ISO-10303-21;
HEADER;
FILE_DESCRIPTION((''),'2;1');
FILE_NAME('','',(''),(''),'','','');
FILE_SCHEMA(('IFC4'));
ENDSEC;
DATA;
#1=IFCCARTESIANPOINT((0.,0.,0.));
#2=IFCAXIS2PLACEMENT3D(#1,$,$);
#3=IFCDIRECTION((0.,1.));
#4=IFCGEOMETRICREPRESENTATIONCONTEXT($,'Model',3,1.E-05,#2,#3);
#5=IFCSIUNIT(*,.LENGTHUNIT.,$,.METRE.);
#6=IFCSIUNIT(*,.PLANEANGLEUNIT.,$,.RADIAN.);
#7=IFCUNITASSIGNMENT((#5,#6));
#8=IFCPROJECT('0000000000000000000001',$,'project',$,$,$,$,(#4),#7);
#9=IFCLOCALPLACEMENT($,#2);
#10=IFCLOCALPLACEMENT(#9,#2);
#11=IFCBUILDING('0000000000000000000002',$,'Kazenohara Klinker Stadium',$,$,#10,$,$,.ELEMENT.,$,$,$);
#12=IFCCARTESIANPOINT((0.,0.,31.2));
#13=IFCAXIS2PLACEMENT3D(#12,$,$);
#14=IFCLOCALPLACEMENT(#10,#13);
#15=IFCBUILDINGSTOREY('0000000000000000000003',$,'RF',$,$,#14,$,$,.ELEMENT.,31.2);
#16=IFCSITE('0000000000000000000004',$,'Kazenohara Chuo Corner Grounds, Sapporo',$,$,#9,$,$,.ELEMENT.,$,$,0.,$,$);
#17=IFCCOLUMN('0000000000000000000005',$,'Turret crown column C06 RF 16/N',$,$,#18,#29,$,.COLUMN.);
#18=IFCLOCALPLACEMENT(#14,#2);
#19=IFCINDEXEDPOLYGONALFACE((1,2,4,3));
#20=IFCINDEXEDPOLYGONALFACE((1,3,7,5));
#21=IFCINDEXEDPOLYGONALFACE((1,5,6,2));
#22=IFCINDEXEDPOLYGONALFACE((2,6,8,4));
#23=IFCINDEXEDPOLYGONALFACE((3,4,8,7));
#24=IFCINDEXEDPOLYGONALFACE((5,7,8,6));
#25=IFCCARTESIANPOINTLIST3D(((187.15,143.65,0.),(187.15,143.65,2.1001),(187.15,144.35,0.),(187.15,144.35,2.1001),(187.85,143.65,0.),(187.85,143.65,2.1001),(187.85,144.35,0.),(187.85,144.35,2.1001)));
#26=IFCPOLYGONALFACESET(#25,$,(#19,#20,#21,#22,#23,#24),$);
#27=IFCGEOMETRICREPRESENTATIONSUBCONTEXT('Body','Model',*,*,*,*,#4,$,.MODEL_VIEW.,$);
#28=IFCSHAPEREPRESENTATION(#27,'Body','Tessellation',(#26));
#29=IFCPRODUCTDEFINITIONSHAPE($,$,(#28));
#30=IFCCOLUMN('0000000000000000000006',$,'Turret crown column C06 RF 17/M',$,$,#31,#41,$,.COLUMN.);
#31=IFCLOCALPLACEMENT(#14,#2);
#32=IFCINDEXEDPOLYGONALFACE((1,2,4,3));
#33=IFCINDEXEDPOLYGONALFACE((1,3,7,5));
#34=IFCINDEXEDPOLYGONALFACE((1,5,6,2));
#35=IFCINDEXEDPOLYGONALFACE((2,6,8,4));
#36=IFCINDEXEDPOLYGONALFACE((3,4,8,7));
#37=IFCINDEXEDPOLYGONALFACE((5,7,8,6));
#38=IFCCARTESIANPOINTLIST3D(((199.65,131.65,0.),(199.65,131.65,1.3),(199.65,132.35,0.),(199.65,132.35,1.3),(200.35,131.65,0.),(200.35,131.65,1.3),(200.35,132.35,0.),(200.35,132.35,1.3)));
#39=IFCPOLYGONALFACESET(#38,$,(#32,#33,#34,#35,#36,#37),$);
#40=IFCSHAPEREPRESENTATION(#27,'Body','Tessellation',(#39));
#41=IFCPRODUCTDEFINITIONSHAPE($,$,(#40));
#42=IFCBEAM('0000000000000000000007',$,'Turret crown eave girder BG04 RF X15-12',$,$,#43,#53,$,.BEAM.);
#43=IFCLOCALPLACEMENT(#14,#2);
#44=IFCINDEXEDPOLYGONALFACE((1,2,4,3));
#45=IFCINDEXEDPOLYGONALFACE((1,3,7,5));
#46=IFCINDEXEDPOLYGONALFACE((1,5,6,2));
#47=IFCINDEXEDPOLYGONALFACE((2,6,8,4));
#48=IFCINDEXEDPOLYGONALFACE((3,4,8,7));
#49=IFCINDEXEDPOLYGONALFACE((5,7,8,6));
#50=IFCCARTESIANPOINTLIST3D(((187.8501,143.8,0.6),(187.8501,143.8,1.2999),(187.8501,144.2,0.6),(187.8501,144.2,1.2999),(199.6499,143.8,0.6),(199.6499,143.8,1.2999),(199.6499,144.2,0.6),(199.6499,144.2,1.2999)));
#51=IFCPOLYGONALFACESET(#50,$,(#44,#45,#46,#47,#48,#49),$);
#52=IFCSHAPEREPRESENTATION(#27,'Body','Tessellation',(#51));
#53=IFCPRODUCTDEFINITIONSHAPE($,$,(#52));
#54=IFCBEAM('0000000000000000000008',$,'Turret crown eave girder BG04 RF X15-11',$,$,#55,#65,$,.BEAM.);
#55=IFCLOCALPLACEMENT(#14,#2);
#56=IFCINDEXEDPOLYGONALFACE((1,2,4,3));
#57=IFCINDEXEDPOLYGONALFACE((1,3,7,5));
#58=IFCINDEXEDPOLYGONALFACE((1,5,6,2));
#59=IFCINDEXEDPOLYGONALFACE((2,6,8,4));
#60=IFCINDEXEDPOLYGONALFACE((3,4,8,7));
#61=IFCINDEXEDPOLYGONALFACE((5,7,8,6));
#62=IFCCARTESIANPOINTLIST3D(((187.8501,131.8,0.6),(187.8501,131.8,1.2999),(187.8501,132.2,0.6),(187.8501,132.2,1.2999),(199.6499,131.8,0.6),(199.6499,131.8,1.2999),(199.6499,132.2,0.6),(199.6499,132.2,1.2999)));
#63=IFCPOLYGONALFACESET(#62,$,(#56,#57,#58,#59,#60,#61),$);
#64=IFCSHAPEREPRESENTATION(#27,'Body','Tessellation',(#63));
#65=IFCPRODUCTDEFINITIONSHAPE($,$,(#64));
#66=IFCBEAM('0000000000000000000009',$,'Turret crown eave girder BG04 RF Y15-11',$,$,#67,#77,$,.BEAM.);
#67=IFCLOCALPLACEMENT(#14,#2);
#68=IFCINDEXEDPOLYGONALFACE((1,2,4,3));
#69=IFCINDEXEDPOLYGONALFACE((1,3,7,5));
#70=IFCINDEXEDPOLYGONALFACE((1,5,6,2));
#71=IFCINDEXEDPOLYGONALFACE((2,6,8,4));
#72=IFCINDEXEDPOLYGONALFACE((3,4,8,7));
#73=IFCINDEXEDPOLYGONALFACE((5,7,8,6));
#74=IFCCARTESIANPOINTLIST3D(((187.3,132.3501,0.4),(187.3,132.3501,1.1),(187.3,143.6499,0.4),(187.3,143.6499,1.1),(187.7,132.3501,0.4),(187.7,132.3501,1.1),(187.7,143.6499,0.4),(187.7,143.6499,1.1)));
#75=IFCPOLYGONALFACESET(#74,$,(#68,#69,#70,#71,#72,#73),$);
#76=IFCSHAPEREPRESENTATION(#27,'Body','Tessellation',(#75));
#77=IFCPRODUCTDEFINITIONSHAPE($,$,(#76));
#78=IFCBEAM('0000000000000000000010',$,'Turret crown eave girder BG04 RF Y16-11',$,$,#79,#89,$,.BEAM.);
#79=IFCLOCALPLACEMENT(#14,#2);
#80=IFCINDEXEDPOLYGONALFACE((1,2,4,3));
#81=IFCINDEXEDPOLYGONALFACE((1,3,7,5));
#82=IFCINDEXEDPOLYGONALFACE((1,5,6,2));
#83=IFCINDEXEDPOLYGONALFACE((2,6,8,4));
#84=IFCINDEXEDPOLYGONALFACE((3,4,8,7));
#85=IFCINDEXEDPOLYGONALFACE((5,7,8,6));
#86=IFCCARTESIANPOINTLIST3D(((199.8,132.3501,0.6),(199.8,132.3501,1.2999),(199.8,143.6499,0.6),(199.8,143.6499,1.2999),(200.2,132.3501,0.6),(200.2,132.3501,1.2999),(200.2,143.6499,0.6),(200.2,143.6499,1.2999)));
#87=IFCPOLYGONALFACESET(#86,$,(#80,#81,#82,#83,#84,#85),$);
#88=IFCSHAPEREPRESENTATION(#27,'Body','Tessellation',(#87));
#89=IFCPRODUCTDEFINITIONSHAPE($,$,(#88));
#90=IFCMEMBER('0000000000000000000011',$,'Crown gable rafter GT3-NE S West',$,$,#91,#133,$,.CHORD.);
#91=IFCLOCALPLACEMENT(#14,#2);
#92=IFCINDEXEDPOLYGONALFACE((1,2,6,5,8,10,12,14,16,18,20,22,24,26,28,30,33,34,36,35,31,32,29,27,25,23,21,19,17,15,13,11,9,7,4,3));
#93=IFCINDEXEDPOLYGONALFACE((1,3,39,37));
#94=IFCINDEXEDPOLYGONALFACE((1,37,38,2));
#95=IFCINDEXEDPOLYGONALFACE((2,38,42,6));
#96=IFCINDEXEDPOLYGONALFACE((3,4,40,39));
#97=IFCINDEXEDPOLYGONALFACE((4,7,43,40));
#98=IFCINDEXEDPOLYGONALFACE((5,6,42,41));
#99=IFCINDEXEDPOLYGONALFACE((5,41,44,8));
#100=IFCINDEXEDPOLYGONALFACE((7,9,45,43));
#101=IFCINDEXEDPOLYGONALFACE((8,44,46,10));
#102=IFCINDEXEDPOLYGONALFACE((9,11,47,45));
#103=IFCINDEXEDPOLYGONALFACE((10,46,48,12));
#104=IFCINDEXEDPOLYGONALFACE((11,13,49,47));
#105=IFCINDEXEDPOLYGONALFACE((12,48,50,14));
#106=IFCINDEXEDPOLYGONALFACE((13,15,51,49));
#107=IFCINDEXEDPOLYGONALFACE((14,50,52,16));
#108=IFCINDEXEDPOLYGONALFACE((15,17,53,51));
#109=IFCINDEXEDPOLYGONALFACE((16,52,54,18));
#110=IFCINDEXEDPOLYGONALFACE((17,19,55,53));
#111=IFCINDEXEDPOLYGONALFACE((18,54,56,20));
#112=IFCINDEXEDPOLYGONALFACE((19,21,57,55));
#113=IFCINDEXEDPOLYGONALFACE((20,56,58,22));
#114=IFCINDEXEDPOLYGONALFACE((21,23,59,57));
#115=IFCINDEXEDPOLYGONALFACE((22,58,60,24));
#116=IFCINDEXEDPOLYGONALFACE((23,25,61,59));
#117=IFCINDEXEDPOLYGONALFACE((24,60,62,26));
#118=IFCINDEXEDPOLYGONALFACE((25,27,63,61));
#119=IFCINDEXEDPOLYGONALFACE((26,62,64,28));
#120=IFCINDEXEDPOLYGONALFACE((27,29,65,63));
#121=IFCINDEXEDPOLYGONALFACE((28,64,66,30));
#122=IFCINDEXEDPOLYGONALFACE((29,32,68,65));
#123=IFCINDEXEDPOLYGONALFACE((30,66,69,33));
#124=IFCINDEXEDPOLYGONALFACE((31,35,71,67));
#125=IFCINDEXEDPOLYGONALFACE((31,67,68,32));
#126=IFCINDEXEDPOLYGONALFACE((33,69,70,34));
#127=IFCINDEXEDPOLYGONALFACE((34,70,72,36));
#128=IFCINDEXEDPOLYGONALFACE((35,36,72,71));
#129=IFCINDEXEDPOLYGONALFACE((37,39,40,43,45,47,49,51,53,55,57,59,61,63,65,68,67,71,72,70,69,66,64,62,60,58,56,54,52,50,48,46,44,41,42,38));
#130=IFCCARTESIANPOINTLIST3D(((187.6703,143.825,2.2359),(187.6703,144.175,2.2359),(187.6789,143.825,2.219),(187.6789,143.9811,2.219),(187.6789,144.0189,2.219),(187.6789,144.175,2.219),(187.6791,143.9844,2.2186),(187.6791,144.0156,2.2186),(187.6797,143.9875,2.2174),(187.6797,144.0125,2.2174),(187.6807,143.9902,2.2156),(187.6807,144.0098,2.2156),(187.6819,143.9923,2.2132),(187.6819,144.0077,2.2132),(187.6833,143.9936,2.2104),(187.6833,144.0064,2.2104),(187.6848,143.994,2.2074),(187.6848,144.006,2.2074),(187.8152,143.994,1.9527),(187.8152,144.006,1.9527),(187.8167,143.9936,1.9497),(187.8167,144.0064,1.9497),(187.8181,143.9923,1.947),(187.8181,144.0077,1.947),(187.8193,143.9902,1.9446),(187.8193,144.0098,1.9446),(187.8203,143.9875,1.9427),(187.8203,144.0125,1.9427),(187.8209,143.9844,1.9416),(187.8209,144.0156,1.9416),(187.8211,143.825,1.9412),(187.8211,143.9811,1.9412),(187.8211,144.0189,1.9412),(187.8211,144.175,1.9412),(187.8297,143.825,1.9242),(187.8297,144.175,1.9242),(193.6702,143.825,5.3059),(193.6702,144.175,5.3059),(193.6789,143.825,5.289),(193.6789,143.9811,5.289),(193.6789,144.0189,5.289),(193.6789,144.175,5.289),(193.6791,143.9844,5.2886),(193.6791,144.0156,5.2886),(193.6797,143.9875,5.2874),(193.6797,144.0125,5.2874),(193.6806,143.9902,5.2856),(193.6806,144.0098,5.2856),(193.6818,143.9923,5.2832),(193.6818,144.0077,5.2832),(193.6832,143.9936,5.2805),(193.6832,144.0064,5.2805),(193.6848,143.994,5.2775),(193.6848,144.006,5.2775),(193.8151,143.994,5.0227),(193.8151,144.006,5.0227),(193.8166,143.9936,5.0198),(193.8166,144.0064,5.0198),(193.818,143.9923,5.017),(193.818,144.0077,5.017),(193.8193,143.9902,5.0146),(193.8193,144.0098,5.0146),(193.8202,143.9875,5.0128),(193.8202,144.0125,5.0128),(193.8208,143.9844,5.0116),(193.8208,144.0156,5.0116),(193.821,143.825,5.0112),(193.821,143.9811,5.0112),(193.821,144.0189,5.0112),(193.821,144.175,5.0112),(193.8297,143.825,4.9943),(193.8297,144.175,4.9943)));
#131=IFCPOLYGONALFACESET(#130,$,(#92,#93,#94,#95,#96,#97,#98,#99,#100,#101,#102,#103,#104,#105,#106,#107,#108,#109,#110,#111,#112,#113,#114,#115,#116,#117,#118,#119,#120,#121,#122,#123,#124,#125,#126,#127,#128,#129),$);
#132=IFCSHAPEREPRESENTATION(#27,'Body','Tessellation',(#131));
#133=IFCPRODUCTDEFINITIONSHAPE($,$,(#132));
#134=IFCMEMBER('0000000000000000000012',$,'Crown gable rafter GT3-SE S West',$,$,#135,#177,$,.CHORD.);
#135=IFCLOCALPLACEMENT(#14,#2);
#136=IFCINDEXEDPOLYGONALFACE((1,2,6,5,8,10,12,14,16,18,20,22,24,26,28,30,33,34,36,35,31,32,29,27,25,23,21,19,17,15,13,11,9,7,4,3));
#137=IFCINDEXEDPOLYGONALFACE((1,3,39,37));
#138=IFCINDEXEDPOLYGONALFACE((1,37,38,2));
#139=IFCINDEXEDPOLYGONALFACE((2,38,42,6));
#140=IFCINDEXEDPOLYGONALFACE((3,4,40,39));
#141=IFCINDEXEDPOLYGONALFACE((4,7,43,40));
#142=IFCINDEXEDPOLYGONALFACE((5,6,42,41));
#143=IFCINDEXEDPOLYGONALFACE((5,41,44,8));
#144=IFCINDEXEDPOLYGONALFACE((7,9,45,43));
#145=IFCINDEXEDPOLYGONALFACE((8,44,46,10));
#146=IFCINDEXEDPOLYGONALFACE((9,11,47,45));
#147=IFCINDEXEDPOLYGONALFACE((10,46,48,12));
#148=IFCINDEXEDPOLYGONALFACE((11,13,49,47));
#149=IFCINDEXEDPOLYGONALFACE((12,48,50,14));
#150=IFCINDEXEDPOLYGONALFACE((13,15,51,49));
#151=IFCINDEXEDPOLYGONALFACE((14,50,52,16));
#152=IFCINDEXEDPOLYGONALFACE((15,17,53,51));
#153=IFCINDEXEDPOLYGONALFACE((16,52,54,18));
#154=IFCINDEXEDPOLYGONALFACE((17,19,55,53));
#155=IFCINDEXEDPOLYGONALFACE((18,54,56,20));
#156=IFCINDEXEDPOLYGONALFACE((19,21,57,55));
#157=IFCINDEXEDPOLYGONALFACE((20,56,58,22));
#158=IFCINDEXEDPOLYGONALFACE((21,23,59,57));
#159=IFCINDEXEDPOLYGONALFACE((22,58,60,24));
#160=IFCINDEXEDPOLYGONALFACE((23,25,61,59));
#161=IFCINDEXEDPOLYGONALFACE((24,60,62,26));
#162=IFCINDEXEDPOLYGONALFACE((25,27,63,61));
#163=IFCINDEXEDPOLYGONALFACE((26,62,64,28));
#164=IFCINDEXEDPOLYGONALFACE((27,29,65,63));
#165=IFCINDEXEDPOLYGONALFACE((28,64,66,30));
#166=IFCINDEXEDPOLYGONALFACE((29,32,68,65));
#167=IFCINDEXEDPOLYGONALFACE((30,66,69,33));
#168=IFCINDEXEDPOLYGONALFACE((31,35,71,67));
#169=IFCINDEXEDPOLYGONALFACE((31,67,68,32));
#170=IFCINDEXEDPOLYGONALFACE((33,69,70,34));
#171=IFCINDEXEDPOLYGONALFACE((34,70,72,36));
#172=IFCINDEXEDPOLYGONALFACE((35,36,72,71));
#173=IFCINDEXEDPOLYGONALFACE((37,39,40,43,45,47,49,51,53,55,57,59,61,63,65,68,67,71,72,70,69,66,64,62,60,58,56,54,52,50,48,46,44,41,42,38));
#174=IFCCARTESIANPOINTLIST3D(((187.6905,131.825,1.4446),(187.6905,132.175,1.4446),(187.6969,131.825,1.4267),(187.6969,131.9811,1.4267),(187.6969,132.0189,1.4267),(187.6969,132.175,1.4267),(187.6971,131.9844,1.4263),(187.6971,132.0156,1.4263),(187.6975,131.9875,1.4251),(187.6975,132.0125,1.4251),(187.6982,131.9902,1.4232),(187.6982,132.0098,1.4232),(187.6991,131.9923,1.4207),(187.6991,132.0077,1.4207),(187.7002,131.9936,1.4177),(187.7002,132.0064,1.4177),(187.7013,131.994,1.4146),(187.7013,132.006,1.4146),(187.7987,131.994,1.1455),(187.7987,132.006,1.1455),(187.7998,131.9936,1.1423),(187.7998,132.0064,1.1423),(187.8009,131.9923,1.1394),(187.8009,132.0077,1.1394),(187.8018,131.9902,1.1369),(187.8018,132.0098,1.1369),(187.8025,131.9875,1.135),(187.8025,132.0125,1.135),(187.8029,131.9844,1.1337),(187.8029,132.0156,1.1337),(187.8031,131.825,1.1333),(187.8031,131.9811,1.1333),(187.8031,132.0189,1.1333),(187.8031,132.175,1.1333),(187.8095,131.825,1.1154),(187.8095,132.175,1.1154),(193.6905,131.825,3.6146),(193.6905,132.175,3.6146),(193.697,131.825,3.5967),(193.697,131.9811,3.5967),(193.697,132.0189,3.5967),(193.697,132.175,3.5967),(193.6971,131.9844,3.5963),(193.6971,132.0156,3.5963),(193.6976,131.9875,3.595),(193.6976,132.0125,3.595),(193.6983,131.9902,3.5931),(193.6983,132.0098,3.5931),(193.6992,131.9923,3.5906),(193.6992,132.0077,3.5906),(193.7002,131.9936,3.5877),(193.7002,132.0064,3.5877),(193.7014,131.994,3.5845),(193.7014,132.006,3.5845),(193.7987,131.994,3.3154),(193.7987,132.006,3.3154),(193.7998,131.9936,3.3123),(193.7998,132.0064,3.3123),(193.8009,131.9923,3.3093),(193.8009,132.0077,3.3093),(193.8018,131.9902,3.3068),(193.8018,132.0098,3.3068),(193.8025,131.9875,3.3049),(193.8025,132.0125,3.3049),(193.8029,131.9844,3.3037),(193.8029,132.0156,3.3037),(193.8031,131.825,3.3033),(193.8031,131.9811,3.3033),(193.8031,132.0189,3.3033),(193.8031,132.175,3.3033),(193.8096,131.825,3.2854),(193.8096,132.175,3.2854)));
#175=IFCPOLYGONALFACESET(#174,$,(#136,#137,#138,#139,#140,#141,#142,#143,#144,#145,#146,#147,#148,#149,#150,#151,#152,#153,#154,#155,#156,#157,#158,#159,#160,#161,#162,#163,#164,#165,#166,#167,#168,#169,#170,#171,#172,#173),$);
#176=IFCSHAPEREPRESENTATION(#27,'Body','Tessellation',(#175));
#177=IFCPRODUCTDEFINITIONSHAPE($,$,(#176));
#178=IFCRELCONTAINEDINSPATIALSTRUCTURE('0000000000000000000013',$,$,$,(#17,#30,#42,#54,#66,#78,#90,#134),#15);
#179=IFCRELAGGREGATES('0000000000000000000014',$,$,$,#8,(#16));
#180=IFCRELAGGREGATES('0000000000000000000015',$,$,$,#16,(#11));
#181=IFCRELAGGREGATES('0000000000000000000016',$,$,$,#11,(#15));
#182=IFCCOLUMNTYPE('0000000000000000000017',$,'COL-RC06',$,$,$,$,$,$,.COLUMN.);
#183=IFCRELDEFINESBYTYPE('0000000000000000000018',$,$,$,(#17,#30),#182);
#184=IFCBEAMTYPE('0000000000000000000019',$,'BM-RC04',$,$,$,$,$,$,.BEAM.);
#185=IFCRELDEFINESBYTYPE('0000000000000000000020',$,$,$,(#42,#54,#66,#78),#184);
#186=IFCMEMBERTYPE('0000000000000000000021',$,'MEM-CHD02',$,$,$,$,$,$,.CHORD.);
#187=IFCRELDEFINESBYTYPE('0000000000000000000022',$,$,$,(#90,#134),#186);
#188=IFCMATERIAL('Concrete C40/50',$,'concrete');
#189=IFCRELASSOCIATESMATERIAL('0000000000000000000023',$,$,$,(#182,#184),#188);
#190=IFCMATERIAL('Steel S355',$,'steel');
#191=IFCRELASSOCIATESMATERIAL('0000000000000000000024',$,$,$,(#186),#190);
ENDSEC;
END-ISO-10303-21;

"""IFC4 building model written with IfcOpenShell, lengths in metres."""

from ifc_helpers import new_model, si_unit, direction, frame, origin, origin_2d, place, context, subcontext, project, spatial, rectangle, i_section, extrude, material, material_profile, profile_set, type_object, element, save


model = new_model("IFC4")

# Units and contexts
model_context = context("Model", 3, precision=1e-05, world=origin(), true_north=direction((0.0, 1.0)))
body_context = subcontext(model_context, "Body", "Model", "MODEL_VIEW")
ifc_project = project(units=[si_unit("LENGTHUNIT", "METRE"), si_unit("PLANEANGLEUNIT", "RADIAN")], contexts=[model_context])

# Site, building, storey
site_placement = place(None, origin())
site = spatial("IfcSite", under=ifc_project, at=site_placement, Name="Kazenohara Chuo Corner Grounds, Sapporo", CompositionType="ELEMENT", RefElevation=0.0)
building_placement = place(site_placement, origin())
building = spatial("IfcBuilding", under=site, at=building_placement, Name="Kazenohara Klinker Stadium", CompositionType="ELEMENT")
storey_placement = place(building_placement, frame((0.0, 0.0, 31.2)))
storey = spatial("IfcBuildingStorey", under=building, at=storey_placement, Name="RF", CompositionType="ELEMENT", Elevation=31.2)

# Columns
ifc_material_1 = material(Name="Concrete C40/50", Category="concrete")
ifc_material_profile_1 = material_profile(ifc_material_1, rectangle(XDim=0.7, YDim=0.7, at=origin_2d()), Name="RC-COL-700x700")
ifc_profile_set_1 = profile_set([ifc_material_profile_1], Name="Concrete C40/50")
column_type = type_object("IfcColumnType", Name="COL-RC06", PredefinedType="COLUMN", material=ifc_profile_set_1)
column_1_placement = place(storey_placement, frame((187.5, 144.0, 0.0), z_axis=(0.0, 0.0, 1.0), x_axis=(1.0, 0.0, 0.0)))
element("IfcColumn", 1, at=column_1_placement, inside=storey, type_object=column_type, Name="Turret crown column C06 RF 16/N", PredefinedType="COLUMN", context=body_context, shape_type="SweptSolid", body=[
    extrude(rectangle(XDim=0.7, YDim=0.7, at=origin_2d()), origin(), (0.0, 0.0, 1.0), 2.1001),
])
column_2_placement = place(storey_placement, frame((200.0, 132.0, 0.0), z_axis=(0.0, 0.0, 1.0), x_axis=(1.0, 0.0, 0.0)))
element("IfcColumn", 2, at=column_2_placement, inside=storey, type_object=column_type, Name="Turret crown column C06 RF 17/M", PredefinedType="COLUMN", context=body_context, shape_type="SweptSolid", body=[
    extrude(rectangle(XDim=0.7, YDim=0.7, at=origin_2d()), origin(), (0.0, 0.0, 1.0), 1.3),
])

# Beams
ifc_material_profile_2 = material_profile(ifc_material_1, rectangle(XDim=0.3999, YDim=0.7, at=origin_2d()), Name="RC-BM-400x700")
ifc_profile_set_2 = profile_set([ifc_material_profile_2], Name="Concrete C40/50")
beam_type_1 = type_object("IfcBeamType", Name="BM-RC04", PredefinedType="BEAM", material=ifc_profile_set_2)
for number, where, z_axis, x_axis, name in (
    (3, (187.8501, 144.0, 0.95), (1.0, 0.0, 0.0), (0.0, 1.0, 0.0), "Turret crown eave girder BG04 RF X15-12"),
    (4, (187.8501, 132.0, 0.95), (1.0, 0.0, 0.0), (0.0, 1.0, 0.0), "Turret crown eave girder BG04 RF X15-11"),
):
    element("IfcBeam", number, at=place(storey_placement, frame(where, z_axis=z_axis, x_axis=x_axis)), inside=storey, type_object=beam_type_1, Name=name, PredefinedType="BEAM", context=body_context, shape_type="SweptSolid", body=[
        extrude(rectangle(XDim=0.3999, YDim=0.7, at=origin_2d()), origin(), (0.0, 0.0, 1.0), 11.7998),
    ])
for number, where, z_axis, x_axis, name in (
    (5, (187.5, 132.3501, 0.75), (0.0, 1.0, 0.0), (-1.0, 0.0, 0.0), "Turret crown eave girder BG04 RF Y15-11"),
    (6, (200.0, 132.3501, 0.95), (0.0, 1.0, 0.0), (-1.0, 0.0, 0.0), "Turret crown eave girder BG04 RF Y16-11"),
):
    element("IfcBeam", number, at=place(storey_placement, frame(where, z_axis=z_axis, x_axis=x_axis)), inside=storey, type_object=beam_type_1, Name=name, PredefinedType="BEAM", context=body_context, shape_type="SweptSolid", body=[
        extrude(rectangle(XDim=0.3999, YDim=0.7, at=origin_2d()), origin(), (0.0, 0.0, 1.0), 11.2998),
    ])

# Members
ifc_material_2 = material(Name="Steel S355", Category="steel")
ifc_material_profile_3 = material_profile(ifc_material_2, i_section(OverallWidth=0.3501, OverallDepth=0.3501, WebThickness=0.012, FlangeThickness=0.019, FilletRadius=0.0129, at=origin_2d()), Name="H-350x350x12x19")
ifc_profile_set_3 = profile_set([ifc_material_profile_3], Name="Steel S355")
member_type_1 = type_object("IfcMemberType", Name="MEM-CHD02", PredefinedType="CHORD", material=ifc_profile_set_3)
member_1_placement = place(storey_placement, frame((187.75, 144.0, 2.0801), z_axis=(0.89023, 0.0, 0.455511), x_axis=(0.0, 1.0, 0.0)))
element("IfcMember", 7, at=member_1_placement, inside=storey, type_object=member_type_1, Name="Crown gable rafter GT3-NE S West", PredefinedType="CHORD", context=body_context, shape_type="SweptSolid", body=[
    extrude(i_section(OverallWidth=0.3501, OverallDepth=0.3501, WebThickness=0.012, FlangeThickness=0.019, FilletRadius=0.0129, at=origin_2d()), origin(), (0.0, 0.0, 1.0), 6.7397),
])
for number, where, z_axis, x_axis, name in (
    (8, (187.75, 132.0, 1.28), (0.940391, 0.0, 0.340096), (0.0, 1.0, 0.0), "Crown gable rafter GT3-SE S West"),
):
    element("IfcMember", number, at=place(storey_placement, frame(where, z_axis=z_axis, x_axis=x_axis)), inside=storey, type_object=member_type_1, Name=name, PredefinedType="CHORD", context=body_context, shape_type="SweptSolid", body=[
        extrude(i_section(OverallWidth=0.3501, OverallDepth=0.3501, WebThickness=0.012, FlangeThickness=0.019, FilletRadius=0.0129, at=origin_2d()), origin(), (0.0, 0.0, 1.0), 6.3804),
    ])

save(model, "model.ifc")
